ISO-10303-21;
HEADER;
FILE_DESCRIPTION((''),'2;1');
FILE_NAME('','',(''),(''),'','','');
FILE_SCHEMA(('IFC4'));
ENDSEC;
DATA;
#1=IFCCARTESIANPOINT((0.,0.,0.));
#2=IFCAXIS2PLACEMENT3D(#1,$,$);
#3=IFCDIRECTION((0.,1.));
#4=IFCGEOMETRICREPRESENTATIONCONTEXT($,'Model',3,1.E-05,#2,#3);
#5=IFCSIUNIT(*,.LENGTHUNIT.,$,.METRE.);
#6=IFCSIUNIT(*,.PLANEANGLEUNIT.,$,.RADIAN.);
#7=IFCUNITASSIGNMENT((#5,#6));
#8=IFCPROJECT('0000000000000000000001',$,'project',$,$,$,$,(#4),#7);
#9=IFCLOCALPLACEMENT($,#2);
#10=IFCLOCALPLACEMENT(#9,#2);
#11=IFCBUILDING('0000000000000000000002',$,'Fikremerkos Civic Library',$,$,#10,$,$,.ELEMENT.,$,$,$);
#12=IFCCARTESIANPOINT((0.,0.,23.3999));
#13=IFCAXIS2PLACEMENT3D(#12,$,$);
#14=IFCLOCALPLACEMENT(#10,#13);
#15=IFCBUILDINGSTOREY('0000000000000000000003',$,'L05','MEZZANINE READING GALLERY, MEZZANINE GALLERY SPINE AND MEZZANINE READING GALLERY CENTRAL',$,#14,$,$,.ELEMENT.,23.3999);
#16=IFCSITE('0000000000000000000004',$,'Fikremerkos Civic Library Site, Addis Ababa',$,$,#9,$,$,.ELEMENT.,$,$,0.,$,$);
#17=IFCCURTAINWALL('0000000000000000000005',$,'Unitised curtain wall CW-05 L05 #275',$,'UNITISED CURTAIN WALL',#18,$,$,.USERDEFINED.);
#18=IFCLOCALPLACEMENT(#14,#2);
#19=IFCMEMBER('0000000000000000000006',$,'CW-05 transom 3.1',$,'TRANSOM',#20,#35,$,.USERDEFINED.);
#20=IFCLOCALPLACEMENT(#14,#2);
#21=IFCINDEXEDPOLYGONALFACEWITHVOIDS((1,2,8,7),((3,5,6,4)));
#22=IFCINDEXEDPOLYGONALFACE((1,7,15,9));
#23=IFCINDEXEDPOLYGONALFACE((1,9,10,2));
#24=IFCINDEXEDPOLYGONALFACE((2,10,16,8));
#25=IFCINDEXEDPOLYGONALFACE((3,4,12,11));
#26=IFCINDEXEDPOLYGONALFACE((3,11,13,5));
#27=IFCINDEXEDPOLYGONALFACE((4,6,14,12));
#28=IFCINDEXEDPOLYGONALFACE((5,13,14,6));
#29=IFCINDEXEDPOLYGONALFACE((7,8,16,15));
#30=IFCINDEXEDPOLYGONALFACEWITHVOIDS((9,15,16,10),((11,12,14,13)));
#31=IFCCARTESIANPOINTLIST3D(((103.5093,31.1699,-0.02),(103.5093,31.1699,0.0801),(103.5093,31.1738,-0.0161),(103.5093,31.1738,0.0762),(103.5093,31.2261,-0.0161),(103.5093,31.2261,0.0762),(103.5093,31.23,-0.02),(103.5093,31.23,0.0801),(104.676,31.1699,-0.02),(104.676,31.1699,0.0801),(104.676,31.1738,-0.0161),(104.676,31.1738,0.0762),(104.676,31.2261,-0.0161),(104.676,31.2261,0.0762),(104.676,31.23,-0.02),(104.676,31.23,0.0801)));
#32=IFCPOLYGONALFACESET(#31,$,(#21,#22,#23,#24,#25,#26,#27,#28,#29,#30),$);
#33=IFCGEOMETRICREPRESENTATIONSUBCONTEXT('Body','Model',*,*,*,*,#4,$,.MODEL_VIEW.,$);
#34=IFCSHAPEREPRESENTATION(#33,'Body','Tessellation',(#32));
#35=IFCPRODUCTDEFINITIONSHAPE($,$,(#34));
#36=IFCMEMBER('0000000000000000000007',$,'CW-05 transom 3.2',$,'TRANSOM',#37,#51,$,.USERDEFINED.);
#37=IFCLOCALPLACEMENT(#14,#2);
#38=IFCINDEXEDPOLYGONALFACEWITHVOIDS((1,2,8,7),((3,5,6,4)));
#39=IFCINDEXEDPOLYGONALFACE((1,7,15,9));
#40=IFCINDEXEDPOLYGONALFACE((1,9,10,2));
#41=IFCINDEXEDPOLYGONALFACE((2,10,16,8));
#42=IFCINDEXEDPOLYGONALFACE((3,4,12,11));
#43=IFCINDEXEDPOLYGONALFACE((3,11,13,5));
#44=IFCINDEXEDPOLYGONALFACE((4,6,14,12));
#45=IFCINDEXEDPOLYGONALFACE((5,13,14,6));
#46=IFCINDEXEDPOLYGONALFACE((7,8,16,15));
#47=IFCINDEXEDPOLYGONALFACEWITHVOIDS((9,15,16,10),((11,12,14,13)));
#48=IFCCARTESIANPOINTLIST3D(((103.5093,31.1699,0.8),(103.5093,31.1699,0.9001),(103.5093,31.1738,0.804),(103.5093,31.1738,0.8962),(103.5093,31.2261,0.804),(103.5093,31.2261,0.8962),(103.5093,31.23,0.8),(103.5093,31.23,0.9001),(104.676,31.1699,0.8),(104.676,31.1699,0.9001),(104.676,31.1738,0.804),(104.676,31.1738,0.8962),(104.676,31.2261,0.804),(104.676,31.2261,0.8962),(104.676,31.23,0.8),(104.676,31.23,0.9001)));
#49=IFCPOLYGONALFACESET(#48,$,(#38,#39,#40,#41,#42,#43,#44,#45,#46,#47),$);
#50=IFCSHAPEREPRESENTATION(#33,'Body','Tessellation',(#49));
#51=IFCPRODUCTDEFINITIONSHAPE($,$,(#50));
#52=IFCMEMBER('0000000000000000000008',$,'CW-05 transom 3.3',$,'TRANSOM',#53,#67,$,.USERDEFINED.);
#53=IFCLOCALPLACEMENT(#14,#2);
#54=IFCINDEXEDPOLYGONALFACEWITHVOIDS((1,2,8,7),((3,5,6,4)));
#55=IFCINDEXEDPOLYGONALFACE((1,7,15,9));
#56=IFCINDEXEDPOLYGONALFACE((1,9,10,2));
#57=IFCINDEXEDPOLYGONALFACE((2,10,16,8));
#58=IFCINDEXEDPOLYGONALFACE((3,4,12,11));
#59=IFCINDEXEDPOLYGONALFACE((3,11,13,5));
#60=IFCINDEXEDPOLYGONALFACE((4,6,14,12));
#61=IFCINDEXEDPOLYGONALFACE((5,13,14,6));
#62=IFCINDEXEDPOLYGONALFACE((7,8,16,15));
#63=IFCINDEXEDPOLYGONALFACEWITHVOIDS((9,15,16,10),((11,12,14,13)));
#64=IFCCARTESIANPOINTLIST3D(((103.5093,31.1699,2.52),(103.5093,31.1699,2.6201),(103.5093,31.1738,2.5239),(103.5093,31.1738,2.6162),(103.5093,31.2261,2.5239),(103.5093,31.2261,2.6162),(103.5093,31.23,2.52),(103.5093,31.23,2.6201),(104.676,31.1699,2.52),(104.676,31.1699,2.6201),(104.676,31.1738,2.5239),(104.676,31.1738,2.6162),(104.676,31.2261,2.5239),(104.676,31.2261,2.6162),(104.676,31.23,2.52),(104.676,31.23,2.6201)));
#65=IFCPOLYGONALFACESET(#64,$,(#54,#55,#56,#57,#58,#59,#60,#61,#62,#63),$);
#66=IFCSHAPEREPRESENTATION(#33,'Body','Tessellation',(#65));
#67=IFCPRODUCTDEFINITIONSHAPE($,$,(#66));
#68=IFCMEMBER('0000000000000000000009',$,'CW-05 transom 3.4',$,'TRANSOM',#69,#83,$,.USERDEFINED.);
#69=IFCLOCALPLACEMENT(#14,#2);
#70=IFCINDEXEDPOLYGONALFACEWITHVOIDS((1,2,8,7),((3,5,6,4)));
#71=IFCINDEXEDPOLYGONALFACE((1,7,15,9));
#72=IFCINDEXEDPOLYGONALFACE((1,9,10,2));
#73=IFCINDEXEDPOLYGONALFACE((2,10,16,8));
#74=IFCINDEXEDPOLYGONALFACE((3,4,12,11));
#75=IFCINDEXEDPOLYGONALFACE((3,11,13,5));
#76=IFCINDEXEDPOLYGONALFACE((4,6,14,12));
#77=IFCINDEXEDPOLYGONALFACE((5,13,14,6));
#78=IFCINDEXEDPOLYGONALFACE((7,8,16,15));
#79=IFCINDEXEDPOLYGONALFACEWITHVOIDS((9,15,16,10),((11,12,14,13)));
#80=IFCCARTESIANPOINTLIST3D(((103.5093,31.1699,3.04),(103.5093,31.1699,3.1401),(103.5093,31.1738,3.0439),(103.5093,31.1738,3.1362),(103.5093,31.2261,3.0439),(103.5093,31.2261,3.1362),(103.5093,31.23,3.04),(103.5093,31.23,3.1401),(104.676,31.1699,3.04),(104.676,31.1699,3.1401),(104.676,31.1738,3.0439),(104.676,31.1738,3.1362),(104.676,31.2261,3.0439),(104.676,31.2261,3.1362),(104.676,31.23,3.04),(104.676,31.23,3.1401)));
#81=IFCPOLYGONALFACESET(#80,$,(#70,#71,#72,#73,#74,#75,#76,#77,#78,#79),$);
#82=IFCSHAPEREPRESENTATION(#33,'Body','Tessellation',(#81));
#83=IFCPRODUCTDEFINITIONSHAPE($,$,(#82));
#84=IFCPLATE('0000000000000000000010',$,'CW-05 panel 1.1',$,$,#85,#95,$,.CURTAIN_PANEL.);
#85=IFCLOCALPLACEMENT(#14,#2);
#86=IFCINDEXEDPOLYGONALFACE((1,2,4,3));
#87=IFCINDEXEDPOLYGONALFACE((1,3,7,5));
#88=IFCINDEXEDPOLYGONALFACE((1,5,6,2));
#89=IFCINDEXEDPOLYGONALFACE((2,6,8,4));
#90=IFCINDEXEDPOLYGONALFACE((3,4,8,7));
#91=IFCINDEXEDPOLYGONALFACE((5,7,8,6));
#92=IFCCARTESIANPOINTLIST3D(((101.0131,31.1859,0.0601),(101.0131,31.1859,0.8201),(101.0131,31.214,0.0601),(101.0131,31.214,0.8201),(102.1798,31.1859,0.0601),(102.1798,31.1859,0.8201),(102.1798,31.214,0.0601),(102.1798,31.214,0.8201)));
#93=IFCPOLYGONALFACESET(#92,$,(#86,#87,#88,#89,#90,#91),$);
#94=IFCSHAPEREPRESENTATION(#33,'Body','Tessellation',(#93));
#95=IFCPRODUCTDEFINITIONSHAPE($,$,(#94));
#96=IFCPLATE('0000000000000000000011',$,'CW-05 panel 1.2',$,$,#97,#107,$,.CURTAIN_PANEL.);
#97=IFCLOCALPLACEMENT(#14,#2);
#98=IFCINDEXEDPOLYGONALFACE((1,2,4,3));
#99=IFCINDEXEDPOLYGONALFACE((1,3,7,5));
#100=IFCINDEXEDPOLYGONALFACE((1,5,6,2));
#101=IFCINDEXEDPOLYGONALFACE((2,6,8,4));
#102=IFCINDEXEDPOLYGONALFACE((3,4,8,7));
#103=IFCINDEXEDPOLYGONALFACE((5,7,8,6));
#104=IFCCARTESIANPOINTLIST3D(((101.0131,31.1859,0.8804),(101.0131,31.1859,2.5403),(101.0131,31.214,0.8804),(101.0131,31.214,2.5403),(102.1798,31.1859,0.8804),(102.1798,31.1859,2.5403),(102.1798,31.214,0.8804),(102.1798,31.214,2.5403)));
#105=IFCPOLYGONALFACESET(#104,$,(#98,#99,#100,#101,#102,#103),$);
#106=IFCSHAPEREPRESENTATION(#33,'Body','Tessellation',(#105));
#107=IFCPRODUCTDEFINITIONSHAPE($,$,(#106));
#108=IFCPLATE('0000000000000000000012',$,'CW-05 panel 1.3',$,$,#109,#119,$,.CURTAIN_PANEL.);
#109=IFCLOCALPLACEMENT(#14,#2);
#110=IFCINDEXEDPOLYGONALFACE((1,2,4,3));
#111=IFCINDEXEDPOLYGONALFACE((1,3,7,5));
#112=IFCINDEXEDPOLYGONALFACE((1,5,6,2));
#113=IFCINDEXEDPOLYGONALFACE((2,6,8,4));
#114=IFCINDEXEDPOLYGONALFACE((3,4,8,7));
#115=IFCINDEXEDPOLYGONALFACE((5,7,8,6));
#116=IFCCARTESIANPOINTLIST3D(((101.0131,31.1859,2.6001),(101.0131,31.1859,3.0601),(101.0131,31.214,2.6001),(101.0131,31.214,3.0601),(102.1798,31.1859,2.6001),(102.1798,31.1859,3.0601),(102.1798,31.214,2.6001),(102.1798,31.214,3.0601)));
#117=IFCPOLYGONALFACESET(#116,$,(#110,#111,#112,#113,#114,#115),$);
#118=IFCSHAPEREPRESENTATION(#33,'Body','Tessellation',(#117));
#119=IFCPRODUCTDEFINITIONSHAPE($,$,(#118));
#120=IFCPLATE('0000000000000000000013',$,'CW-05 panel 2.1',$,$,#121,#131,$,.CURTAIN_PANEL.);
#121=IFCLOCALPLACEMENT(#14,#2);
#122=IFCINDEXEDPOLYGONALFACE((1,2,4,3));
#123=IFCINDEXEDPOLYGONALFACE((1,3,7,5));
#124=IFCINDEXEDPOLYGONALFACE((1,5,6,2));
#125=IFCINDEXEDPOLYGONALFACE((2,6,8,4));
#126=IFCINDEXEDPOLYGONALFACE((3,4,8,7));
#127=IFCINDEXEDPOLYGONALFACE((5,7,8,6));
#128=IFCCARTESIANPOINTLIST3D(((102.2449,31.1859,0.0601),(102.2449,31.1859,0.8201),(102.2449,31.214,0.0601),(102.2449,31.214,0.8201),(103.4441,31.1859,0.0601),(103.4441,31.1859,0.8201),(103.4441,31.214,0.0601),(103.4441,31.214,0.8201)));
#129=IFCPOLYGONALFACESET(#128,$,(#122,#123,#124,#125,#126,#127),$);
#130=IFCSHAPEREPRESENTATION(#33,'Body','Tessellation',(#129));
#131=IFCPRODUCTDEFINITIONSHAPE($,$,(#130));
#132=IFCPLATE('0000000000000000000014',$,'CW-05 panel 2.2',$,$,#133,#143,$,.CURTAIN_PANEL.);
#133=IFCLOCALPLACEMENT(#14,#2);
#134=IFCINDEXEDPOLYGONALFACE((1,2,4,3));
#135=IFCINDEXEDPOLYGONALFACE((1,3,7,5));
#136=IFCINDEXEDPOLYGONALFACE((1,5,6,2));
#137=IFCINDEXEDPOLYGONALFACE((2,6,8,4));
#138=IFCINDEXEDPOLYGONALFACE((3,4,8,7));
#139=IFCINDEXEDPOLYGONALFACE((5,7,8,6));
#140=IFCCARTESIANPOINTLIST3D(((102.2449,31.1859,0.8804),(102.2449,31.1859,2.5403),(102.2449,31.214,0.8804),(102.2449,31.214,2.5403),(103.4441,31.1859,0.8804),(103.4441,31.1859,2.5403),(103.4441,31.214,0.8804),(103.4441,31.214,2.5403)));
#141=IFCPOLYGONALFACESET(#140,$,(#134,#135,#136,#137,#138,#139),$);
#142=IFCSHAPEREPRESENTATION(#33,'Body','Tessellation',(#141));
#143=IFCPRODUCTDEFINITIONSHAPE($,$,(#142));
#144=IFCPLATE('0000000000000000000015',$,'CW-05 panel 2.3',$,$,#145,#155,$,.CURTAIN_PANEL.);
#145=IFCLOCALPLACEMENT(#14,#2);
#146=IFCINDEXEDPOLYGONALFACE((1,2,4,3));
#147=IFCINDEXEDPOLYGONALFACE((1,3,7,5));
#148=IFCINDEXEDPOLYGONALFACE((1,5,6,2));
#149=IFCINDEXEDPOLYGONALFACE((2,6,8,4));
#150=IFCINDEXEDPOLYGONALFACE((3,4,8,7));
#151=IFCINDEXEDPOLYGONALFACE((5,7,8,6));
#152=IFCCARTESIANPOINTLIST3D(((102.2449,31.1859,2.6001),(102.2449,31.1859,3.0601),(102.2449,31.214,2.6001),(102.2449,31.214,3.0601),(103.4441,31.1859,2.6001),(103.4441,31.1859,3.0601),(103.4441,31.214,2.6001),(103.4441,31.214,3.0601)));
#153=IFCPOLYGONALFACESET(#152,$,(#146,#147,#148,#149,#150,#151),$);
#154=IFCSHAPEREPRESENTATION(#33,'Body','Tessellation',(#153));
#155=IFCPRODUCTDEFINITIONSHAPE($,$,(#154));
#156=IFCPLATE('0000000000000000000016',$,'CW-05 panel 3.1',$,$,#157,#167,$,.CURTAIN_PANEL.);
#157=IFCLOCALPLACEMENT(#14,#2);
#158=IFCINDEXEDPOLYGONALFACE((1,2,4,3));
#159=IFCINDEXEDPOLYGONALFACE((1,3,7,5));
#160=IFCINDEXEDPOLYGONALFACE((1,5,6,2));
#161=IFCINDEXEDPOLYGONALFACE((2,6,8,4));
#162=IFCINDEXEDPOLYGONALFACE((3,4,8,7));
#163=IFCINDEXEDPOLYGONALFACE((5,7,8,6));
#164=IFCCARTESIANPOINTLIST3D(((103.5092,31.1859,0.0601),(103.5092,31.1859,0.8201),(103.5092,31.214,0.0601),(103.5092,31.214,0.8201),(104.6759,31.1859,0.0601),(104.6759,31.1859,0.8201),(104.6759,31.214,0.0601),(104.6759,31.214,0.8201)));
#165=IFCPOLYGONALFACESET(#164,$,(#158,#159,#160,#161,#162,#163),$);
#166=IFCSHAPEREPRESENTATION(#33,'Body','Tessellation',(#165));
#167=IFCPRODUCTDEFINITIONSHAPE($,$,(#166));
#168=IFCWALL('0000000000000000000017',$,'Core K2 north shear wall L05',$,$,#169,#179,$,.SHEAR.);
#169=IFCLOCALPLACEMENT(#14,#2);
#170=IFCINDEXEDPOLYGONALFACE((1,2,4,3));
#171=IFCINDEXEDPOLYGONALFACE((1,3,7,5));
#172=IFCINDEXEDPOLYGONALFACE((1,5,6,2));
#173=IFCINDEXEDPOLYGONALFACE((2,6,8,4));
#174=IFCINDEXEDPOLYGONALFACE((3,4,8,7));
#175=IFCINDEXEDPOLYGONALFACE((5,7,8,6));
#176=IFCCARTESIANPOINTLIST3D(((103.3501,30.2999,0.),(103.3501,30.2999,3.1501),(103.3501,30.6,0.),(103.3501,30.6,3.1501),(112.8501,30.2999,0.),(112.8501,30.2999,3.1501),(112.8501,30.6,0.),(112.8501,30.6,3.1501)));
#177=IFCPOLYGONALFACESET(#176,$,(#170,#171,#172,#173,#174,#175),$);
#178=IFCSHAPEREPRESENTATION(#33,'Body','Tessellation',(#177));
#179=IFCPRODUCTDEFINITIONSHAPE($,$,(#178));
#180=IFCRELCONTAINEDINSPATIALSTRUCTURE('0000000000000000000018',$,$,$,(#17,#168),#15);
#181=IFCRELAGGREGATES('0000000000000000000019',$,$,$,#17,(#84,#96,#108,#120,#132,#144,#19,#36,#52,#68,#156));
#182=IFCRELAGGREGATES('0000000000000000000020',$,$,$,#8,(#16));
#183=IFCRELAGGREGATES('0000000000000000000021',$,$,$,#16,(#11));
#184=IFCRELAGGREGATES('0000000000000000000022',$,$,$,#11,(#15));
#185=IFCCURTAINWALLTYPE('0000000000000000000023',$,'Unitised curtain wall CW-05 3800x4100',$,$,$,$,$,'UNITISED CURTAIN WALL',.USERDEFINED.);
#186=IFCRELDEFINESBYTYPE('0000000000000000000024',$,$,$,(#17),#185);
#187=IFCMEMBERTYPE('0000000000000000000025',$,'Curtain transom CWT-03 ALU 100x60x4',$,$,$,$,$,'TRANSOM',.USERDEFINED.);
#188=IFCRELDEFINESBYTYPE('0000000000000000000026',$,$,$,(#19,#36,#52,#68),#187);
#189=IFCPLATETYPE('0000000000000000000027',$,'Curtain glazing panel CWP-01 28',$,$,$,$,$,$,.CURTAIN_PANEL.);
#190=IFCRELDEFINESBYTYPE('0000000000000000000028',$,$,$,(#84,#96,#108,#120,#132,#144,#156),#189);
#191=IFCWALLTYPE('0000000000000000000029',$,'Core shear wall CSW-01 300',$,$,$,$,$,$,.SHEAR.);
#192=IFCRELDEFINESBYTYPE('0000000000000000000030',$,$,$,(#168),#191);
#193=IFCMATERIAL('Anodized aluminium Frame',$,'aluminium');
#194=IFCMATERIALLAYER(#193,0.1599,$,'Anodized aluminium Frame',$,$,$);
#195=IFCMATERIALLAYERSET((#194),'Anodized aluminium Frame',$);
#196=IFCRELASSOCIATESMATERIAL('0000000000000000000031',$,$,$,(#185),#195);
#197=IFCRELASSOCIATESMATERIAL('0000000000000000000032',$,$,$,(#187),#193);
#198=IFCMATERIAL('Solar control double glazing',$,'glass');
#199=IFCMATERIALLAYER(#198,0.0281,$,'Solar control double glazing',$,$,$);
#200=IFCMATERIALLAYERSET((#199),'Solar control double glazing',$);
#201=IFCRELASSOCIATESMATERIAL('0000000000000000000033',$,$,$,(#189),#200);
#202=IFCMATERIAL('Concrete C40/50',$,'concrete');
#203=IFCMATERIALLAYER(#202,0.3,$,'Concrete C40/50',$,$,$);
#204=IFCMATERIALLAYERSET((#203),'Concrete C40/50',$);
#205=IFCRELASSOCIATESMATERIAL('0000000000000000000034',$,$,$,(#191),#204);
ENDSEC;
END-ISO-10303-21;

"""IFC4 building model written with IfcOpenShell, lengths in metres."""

from ifc_helpers import new_model, si_unit, direction, frame, frame_2d, origin, origin_2d, place, context, subcontext, project, spatial, rectangle, hollow_rectangle, extrude, material, layer, layer_set, material_profile, profile_set, type_object, element, aggregate, save


model = new_model("IFC4")

# Units and contexts
model_context = context("Model", 3, precision=1e-05, world=origin(), true_north=direction((0.0, 1.0)))
body_context = subcontext(model_context, "Body", "Model", "MODEL_VIEW")
ifc_project = project(units=[si_unit("LENGTHUNIT", "METRE"), si_unit("PLANEANGLEUNIT", "RADIAN")], contexts=[model_context])

# Site, building, storey
site_placement = place(None, origin())
site = spatial("IfcSite", under=ifc_project, at=site_placement, Name="Fikremerkos Civic Library Site, Addis Ababa", CompositionType="ELEMENT", RefElevation=0.0)
building_placement = place(site_placement, origin())
building = spatial("IfcBuilding", under=site, at=building_placement, Name="Fikremerkos Civic Library", CompositionType="ELEMENT")
storey_placement = place(building_placement, frame((0.0, 0.0, 23.3999)))
storey = spatial("IfcBuildingStorey", under=building, at=storey_placement, Name="L05", Description="MEZZANINE READING GALLERY, MEZZANINE GALLERY SPINE AND MEZZANINE READING GALLERY CENTRAL", CompositionType="ELEMENT", Elevation=23.3999)

# Curtain wall, members, plates
ifc_material_1 = material(Name="Anodized aluminium Frame", Category="aluminium")
ifc_layer_1 = layer(ifc_material_1, 0.1599, Name="Anodized aluminium Frame")
ifc_layer_set_1 = layer_set([ifc_layer_1], Name="Anodized aluminium Frame")
curtain_wall_type = type_object("IfcCurtainWallType", Name="Unitised curtain wall CW-05 3800x4100", ElementType="UNITISED CURTAIN WALL", PredefinedType="USERDEFINED", material=ifc_layer_set_1)
curtain_wall_placement = place(storey_placement, origin())
curtain_wall = element("IfcCurtainWall", 1, at=curtain_wall_placement, inside=storey, type_object=curtain_wall_type, Name="Unitised curtain wall CW-05 L05 #275", ObjectType="UNITISED CURTAIN WALL", PredefinedType="USERDEFINED")
ifc_material_profile_1 = material_profile(ifc_material_1, hollow_rectangle(XDim=0.0601, YDim=0.1001, WallThickness=0.0039, at=origin_2d()), Name="ALU 100x60x4")
ifc_profile_set_1 = profile_set([ifc_material_profile_1], Name="Anodized aluminium Frame")
member_type_1 = type_object("IfcMemberType", Name="Curtain transom CWT-03 ALU 100x60x4", ElementType="TRANSOM", PredefinedType="USERDEFINED", material=ifc_profile_set_1)
member_1_placement = place(storey_placement, frame((103.5093, 31.2, 0.03), z_axis=(1.0, 0.0, 0.0), x_axis=(0.0, 1.0, 0.0)))
member_1 = element("IfcMember", 2, at=member_1_placement, type_object=member_type_1, Name="CW-05 transom 3.1", ObjectType="TRANSOM", PredefinedType="USERDEFINED", context=body_context, shape_type="SweptSolid", body=[
    extrude(hollow_rectangle(XDim=0.0601, YDim=0.1001, WallThickness=0.0039, at=origin_2d()), origin(), (0.0, 0.0, 1.0), 1.1667),
])
member_2_placement = place(storey_placement, frame((103.5093, 31.2, 0.8501), z_axis=(1.0, 0.0, 0.0), x_axis=(0.0, 1.0, 0.0)))
member_2 = element("IfcMember", 3, at=member_2_placement, type_object=member_type_1, Name="CW-05 transom 3.2", ObjectType="TRANSOM", PredefinedType="USERDEFINED", context=body_context, shape_type="SweptSolid", body=[
    extrude(hollow_rectangle(XDim=0.0601, YDim=0.1001, WallThickness=0.0039, at=origin_2d()), origin(), (0.0, 0.0, 1.0), 1.1667),
])
member_3_placement = place(storey_placement, frame((103.5093, 31.2, 2.5701), z_axis=(1.0, 0.0, 0.0), x_axis=(0.0, 1.0, 0.0)))
member_3 = element("IfcMember", 4, at=member_3_placement, type_object=member_type_1, Name="CW-05 transom 3.3", ObjectType="TRANSOM", PredefinedType="USERDEFINED", context=body_context, shape_type="SweptSolid", body=[
    extrude(hollow_rectangle(XDim=0.0601, YDim=0.1001, WallThickness=0.0039, at=origin_2d()), origin(), (0.0, 0.0, 1.0), 1.1667),
])
member_4_placement = place(storey_placement, frame((103.5093, 31.2, 3.0901), z_axis=(1.0, 0.0, 0.0), x_axis=(0.0, 1.0, 0.0)))
member_4 = element("IfcMember", 5, at=member_4_placement, type_object=member_type_1, Name="CW-05 transom 3.4", ObjectType="TRANSOM", PredefinedType="USERDEFINED", context=body_context, shape_type="SweptSolid", body=[
    extrude(hollow_rectangle(XDim=0.0601, YDim=0.1001, WallThickness=0.0039, at=origin_2d()), origin(), (0.0, 0.0, 1.0), 1.1667),
])
ifc_material_2 = material(Name="Solar control double glazing", Category="glass")
ifc_layer_2 = layer(ifc_material_2, 0.0281, Name="Solar control double glazing")
ifc_layer_set_2 = layer_set([ifc_layer_2], Name="Solar control double glazing")
plate_type = type_object("IfcPlateType", Name="Curtain glazing panel CWP-01 28", PredefinedType="CURTAIN_PANEL", material=ifc_layer_set_2)
plate_1_placement = place(storey_placement, frame((101.5964, 31.2, 0.0601), z_axis=(0.0, 0.0, 1.0), x_axis=(1.0, 0.0, 0.0)))
plate_1 = element("IfcPlate", 6, at=plate_1_placement, type_object=plate_type, Name="CW-05 panel 1.1", PredefinedType="CURTAIN_PANEL", context=body_context, shape_type="SweptSolid", body=[
    extrude(rectangle(XDim=1.1667, YDim=0.0281, at=origin_2d()), origin(), (0.0, 0.0, 1.0), 0.76),
])
plate_2_placement = place(storey_placement, frame((101.5964, 31.2, 0.8804), z_axis=(0.0, 0.0, 1.0), x_axis=(1.0, 0.0, 0.0)))
plate_2 = element("IfcPlate", 7, at=plate_2_placement, type_object=plate_type, Name="CW-05 panel 1.2", PredefinedType="CURTAIN_PANEL", context=body_context, shape_type="SweptSolid", body=[
    extrude(rectangle(XDim=1.1667, YDim=0.0281, at=origin_2d()), origin(), (0.0, 0.0, 1.0), 1.6599),
])
plate_3_placement = place(storey_placement, frame((101.5964, 31.2, 2.6001), z_axis=(0.0, 0.0, 1.0), x_axis=(1.0, 0.0, 0.0)))
plate_3 = element("IfcPlate", 8, at=plate_3_placement, type_object=plate_type, Name="CW-05 panel 1.3", PredefinedType="CURTAIN_PANEL", context=body_context, shape_type="SweptSolid", body=[
    extrude(rectangle(XDim=1.1667, YDim=0.0281, at=origin_2d()), origin(), (0.0, 0.0, 1.0), 0.46),
])
plate_4_placement = place(storey_placement, frame((102.8445, 31.2, 0.0601), z_axis=(0.0, 0.0, 1.0), x_axis=(1.0, 0.0, 0.0)))
plate_4 = element("IfcPlate", 9, at=plate_4_placement, type_object=plate_type, Name="CW-05 panel 2.1", PredefinedType="CURTAIN_PANEL", context=body_context, shape_type="SweptSolid", body=[
    extrude(rectangle(XDim=1.1992, YDim=0.0281, at=origin_2d()), origin(), (0.0, 0.0, 1.0), 0.76),
])
plate_5_placement = place(storey_placement, frame((102.8445, 31.2, 0.8804), z_axis=(0.0, 0.0, 1.0), x_axis=(1.0, 0.0, 0.0)))
plate_5 = element("IfcPlate", 10, at=plate_5_placement, type_object=plate_type, Name="CW-05 panel 2.2", PredefinedType="CURTAIN_PANEL", context=body_context, shape_type="SweptSolid", body=[
    extrude(rectangle(XDim=1.1992, YDim=0.0281, at=origin_2d()), origin(), (0.0, 0.0, 1.0), 1.6599),
])
plate_6_placement = place(storey_placement, frame((102.8445, 31.2, 2.6001), z_axis=(0.0, 0.0, 1.0), x_axis=(1.0, 0.0, 0.0)))
plate_6 = element("IfcPlate", 11, at=plate_6_placement, type_object=plate_type, Name="CW-05 panel 2.3", PredefinedType="CURTAIN_PANEL", context=body_context, shape_type="SweptSolid", body=[
    extrude(rectangle(XDim=1.1992, YDim=0.0281, at=origin_2d()), origin(), (0.0, 0.0, 1.0), 0.46),
])
plate_7_placement = place(storey_placement, frame((104.0925, 31.2, 0.0601), z_axis=(0.0, 0.0, 1.0), x_axis=(1.0, 0.0, 0.0)))
plate_7 = element("IfcPlate", 12, at=plate_7_placement, type_object=plate_type, Name="CW-05 panel 3.1", PredefinedType="CURTAIN_PANEL", context=body_context, shape_type="SweptSolid", body=[
    extrude(rectangle(XDim=1.1667, YDim=0.0281, at=origin_2d()), origin(), (0.0, 0.0, 1.0), 0.76),
])
aggregate(curtain_wall, [plate_1, plate_2, plate_3, plate_4, plate_5, plate_6, member_1, member_2, member_3, member_4, plate_7])

# Wall
ifc_material_3 = material(Name="Concrete C40/50", Category="concrete")
ifc_layer_3 = layer(ifc_material_3, 0.3, Name="Concrete C40/50")
ifc_layer_set_3 = layer_set([ifc_layer_3], Name="Concrete C40/50")
wall_type = type_object("IfcWallType", Name="Core shear wall CSW-01 300", PredefinedType="SHEAR", material=ifc_layer_set_3)
wall_placement = place(storey_placement, frame((103.3501, 30.45, 0.0), z_axis=(0.0, 0.0, 1.0), x_axis=(1.0, 0.0, 0.0)))
element("IfcWall", 13, at=wall_placement, inside=storey, type_object=wall_type, Name="Core K2 north shear wall L05", PredefinedType="SHEAR", context=body_context, shape_type="SweptSolid", body=[
    extrude(rectangle(XDim=9.5, YDim=0.3, at=frame_2d((4.75, 0.0))), origin(), (0.0, 0.0, 1.0), 3.1501),
])

save(model, "model.ifc")
